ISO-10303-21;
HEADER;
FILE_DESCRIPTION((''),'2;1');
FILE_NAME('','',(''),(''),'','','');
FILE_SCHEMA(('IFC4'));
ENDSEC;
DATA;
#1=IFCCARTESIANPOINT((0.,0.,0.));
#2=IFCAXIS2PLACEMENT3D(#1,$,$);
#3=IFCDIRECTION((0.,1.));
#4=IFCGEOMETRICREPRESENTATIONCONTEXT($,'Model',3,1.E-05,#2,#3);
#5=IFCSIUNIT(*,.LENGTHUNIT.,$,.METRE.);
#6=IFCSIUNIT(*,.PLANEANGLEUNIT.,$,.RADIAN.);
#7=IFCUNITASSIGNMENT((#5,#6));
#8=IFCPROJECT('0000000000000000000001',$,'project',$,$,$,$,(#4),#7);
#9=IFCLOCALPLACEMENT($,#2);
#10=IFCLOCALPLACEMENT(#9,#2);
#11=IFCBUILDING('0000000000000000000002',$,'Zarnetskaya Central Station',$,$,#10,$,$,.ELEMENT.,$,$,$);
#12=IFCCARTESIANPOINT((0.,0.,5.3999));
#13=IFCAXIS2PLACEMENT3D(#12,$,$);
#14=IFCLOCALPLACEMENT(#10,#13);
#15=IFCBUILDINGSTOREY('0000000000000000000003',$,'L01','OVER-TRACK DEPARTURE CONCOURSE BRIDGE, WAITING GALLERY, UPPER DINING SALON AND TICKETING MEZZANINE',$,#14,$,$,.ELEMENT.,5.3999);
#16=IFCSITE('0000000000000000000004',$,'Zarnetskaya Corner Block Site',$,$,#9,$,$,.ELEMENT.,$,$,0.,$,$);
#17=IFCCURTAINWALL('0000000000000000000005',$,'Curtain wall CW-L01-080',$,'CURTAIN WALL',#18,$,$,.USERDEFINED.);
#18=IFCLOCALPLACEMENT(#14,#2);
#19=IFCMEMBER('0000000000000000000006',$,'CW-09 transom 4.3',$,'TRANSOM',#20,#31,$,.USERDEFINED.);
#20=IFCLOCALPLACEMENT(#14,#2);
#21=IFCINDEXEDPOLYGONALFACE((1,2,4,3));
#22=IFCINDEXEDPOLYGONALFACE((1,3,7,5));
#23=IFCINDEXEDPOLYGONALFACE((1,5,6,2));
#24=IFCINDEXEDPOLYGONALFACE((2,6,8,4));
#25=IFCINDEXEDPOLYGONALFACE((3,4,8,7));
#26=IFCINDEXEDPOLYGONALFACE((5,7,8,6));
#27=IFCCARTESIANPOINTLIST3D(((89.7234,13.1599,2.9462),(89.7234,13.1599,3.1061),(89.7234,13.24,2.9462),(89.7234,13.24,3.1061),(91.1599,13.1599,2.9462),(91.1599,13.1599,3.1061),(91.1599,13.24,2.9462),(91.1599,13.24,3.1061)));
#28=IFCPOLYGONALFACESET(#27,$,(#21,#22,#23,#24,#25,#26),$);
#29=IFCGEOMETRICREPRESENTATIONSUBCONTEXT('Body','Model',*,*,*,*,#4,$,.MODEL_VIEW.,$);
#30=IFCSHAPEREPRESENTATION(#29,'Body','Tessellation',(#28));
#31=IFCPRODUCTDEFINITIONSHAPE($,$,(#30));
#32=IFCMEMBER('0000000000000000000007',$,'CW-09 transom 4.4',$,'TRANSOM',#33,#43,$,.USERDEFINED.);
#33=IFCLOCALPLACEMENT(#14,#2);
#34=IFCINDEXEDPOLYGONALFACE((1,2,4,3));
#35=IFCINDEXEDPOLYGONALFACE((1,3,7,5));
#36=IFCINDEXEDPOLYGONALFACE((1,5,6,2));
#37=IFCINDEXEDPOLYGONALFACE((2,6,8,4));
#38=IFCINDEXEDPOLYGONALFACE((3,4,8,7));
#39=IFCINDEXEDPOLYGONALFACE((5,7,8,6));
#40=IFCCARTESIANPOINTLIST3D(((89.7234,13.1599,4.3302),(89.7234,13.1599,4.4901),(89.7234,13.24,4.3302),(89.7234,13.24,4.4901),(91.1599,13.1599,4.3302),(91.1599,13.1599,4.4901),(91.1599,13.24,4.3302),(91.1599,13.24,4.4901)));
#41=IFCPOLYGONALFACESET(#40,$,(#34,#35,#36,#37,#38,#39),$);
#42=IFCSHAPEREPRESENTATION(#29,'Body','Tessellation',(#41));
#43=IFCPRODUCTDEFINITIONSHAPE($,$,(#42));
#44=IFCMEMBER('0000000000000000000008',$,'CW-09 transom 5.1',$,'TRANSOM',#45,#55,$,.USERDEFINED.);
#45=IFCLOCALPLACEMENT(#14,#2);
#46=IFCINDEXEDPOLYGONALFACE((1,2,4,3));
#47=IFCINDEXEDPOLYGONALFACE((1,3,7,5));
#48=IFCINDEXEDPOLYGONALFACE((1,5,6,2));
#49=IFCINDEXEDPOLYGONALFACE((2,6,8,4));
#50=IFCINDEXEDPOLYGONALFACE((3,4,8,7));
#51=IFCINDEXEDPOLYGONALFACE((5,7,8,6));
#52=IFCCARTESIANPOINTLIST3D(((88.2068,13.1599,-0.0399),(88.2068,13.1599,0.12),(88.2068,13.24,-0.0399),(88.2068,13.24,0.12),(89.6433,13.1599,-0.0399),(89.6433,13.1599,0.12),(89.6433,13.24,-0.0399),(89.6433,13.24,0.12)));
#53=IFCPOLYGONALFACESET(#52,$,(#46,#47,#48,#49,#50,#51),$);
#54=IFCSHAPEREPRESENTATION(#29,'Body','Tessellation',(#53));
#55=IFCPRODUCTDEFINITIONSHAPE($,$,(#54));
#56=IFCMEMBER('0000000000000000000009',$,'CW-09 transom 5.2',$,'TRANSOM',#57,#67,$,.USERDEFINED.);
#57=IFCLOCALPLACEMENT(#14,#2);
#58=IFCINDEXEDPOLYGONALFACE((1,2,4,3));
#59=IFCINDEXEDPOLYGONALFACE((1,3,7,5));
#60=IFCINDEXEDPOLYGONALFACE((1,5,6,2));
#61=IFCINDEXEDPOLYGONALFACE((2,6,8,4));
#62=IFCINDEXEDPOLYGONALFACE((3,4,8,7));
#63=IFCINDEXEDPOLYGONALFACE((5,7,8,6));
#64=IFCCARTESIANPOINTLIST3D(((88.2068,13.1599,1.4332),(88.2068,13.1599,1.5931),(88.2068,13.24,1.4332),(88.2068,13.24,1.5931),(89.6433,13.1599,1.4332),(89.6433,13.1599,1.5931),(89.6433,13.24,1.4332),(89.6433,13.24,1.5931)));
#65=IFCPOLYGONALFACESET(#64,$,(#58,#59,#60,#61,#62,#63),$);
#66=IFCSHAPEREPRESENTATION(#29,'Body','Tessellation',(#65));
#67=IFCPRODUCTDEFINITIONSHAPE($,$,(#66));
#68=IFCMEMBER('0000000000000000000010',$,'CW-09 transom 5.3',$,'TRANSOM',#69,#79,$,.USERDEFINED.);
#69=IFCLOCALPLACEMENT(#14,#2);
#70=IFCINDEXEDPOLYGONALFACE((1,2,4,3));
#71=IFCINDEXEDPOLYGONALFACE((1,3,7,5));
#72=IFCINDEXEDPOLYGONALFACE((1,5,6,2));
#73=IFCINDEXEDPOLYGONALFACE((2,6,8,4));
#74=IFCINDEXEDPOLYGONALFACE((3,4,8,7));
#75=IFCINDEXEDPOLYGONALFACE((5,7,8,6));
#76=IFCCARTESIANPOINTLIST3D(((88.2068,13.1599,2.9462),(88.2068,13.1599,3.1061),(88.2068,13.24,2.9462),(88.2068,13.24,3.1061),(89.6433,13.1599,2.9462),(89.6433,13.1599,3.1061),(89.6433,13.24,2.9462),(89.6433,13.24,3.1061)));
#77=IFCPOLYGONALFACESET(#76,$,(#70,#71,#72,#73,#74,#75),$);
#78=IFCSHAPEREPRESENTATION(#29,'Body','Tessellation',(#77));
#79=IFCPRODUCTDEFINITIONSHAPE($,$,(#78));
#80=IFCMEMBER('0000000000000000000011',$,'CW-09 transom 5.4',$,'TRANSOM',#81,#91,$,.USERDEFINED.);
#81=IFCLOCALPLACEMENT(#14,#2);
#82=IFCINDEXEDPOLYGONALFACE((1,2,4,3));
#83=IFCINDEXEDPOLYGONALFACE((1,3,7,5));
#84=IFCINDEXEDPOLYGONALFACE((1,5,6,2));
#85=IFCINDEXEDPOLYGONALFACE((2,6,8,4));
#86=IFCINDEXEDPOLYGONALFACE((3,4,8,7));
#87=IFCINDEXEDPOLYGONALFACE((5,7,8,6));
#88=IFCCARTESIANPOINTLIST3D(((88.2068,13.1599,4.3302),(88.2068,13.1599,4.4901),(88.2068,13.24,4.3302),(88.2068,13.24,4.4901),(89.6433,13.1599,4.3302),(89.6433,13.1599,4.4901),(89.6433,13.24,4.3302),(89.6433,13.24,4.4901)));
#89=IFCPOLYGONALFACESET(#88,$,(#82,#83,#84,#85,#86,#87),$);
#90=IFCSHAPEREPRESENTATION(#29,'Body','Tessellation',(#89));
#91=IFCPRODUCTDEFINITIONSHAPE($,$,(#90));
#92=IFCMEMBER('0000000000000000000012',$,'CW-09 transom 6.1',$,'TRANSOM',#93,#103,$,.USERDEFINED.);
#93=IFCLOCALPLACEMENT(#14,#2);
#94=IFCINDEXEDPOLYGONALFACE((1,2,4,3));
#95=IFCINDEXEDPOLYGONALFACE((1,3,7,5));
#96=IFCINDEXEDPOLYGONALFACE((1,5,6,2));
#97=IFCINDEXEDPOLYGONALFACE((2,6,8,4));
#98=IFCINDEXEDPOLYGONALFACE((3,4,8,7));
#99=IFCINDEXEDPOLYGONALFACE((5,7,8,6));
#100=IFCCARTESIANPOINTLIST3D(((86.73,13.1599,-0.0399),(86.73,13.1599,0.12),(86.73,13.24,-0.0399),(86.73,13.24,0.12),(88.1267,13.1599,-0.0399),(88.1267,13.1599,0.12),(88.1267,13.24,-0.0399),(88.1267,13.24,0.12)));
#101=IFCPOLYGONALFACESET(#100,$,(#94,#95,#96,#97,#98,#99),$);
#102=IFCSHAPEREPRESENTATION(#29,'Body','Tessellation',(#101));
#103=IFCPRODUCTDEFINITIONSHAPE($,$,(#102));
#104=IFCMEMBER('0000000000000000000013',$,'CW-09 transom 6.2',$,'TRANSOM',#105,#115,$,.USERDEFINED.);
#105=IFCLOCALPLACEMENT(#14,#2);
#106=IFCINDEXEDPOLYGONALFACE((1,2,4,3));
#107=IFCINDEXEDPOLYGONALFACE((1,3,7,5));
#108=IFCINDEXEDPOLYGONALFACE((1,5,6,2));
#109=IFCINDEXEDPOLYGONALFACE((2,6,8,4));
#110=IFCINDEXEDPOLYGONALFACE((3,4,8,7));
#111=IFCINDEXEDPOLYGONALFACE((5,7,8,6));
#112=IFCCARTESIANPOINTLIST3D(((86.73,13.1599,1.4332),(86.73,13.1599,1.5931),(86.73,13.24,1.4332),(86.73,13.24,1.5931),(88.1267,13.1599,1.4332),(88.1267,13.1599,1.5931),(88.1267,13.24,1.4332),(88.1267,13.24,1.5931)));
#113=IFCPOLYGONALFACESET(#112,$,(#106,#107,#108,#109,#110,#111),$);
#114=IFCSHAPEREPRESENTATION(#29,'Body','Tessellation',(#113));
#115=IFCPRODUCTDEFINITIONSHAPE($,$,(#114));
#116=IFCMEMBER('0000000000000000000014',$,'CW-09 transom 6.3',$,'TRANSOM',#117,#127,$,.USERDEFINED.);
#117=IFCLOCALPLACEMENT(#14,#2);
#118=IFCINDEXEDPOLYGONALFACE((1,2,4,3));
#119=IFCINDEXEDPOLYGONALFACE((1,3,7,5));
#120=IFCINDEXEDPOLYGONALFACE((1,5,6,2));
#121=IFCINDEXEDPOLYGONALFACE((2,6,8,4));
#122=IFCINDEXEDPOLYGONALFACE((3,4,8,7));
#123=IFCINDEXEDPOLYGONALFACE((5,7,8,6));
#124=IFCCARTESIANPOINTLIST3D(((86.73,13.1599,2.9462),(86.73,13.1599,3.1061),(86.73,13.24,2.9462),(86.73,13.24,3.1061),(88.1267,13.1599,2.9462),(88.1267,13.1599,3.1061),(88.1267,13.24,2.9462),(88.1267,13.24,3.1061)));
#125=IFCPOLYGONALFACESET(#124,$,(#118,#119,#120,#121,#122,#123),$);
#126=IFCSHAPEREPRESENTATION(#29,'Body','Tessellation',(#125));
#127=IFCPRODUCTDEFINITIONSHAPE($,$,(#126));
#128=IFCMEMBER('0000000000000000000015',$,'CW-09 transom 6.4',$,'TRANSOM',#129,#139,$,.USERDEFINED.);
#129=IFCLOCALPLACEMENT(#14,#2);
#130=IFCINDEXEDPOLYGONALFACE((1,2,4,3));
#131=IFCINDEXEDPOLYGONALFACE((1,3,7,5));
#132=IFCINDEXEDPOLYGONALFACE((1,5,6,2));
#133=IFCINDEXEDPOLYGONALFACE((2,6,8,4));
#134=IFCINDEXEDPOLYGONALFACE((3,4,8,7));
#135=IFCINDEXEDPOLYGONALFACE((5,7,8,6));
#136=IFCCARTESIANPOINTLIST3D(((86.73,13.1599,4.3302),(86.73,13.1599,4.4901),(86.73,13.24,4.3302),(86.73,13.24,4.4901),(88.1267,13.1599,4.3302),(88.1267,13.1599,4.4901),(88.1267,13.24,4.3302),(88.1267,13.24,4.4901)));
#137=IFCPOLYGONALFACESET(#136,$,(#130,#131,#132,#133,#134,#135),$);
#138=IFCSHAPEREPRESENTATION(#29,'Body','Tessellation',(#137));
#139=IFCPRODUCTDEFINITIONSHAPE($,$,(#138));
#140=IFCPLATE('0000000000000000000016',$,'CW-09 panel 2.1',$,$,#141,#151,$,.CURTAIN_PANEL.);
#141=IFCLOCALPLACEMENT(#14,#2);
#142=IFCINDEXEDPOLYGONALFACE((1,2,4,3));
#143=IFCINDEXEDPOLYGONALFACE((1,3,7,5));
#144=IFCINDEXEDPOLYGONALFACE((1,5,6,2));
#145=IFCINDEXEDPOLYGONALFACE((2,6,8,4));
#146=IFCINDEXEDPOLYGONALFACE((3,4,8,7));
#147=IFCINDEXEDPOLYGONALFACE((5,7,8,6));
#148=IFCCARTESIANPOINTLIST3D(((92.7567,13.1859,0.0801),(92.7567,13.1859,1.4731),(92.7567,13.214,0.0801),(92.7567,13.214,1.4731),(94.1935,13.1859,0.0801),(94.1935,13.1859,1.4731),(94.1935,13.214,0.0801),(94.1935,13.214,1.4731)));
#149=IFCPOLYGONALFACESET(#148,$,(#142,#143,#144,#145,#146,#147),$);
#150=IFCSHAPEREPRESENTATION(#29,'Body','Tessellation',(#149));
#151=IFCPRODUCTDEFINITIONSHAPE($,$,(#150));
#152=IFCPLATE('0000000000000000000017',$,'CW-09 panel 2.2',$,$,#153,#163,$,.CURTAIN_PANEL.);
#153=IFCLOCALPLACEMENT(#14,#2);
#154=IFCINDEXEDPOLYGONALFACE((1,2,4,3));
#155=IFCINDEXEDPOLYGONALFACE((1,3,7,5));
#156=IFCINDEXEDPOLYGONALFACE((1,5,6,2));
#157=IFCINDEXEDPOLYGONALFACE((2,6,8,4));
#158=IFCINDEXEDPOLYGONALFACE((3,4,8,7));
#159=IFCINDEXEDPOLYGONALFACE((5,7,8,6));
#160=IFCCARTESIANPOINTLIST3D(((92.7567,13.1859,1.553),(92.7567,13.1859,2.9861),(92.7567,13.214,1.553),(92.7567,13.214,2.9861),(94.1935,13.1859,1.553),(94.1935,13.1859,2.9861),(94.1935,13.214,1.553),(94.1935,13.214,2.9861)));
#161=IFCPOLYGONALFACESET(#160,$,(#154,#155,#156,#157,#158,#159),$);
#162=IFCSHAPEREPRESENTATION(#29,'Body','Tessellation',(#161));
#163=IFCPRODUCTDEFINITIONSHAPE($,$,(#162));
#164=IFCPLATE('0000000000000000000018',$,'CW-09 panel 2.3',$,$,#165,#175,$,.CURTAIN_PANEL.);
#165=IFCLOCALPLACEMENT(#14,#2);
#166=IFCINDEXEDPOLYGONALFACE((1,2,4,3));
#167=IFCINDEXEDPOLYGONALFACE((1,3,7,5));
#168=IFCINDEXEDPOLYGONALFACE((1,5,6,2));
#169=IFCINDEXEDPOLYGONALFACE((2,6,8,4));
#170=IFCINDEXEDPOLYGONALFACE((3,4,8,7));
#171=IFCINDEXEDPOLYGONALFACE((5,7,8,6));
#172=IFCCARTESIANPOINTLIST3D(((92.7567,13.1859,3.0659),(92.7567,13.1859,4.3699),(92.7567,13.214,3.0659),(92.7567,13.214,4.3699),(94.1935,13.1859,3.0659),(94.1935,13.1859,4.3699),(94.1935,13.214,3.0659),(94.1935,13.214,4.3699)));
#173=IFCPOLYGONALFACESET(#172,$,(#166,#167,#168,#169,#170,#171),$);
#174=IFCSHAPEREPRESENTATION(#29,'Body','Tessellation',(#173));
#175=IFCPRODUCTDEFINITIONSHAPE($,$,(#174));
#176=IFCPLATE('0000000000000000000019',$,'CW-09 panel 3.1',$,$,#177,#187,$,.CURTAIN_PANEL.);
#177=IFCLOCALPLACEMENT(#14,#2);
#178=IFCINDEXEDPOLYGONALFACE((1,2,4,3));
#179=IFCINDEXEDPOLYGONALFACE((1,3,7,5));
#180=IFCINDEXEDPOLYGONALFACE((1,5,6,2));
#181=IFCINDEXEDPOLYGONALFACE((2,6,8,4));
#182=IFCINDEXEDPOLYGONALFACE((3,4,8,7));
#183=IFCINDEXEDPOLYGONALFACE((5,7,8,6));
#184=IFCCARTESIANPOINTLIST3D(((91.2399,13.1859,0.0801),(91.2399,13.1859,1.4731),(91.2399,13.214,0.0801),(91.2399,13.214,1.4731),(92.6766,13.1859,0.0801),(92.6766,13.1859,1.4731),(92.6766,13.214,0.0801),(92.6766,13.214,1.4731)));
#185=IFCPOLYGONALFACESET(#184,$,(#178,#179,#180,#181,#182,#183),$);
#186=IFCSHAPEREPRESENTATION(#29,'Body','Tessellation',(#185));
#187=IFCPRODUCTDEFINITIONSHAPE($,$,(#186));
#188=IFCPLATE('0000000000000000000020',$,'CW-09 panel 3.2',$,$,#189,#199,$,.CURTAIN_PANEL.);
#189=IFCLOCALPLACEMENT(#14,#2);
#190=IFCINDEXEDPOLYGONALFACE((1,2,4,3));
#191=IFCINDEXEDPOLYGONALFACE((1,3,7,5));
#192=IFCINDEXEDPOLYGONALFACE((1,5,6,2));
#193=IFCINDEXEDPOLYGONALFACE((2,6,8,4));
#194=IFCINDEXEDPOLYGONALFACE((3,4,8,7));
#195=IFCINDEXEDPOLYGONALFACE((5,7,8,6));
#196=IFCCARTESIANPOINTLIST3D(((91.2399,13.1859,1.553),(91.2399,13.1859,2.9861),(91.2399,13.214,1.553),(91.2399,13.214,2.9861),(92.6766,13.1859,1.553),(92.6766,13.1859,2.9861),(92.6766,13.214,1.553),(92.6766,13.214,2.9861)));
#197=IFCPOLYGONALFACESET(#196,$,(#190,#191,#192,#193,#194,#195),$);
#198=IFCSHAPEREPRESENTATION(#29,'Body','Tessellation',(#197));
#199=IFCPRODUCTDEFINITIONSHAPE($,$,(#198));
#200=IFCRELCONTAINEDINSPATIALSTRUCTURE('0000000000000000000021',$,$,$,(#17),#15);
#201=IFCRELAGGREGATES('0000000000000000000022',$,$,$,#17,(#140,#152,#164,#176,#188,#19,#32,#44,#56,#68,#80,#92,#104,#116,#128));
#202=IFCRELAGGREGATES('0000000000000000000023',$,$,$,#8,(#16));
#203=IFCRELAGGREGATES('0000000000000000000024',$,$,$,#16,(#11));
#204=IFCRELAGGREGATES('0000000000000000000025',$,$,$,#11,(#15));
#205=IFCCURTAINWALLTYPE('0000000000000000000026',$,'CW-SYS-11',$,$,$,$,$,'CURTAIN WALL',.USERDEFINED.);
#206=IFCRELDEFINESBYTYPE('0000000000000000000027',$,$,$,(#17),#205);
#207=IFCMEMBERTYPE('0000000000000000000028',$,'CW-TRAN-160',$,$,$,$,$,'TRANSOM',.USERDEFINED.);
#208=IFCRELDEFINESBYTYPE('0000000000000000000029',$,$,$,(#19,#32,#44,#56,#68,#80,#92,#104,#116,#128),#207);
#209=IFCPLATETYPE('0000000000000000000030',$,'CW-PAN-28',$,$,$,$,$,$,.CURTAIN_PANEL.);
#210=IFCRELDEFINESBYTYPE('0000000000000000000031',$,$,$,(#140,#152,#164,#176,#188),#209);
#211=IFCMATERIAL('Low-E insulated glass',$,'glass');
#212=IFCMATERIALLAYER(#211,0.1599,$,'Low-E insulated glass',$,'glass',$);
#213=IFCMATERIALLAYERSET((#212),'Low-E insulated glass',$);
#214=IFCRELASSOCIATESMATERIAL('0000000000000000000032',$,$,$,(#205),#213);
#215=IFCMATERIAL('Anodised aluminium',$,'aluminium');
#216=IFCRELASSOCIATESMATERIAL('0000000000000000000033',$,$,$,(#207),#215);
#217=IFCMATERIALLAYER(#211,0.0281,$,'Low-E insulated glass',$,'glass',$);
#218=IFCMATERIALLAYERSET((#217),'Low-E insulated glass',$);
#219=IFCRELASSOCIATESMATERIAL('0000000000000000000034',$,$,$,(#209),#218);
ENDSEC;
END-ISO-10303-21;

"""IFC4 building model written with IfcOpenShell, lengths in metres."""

from ifc_helpers import new_model, si_unit, direction, frame, origin, origin_2d, place, context, subcontext, project, spatial, rectangle, extrude, material, layer, layer_set, material_profile, profile_set, type_object, element, aggregate, save


model = new_model("IFC4")

# Units and contexts
model_context = context("Model", 3, precision=1e-05, world=origin(), true_north=direction((0.0, 1.0)))
body_context = subcontext(model_context, "Body", "Model", "MODEL_VIEW")
ifc_project = project(units=[si_unit("LENGTHUNIT", "METRE"), si_unit("PLANEANGLEUNIT", "RADIAN")], contexts=[model_context])

# Site, building, storey
site_placement = place(None, origin())
site = spatial("IfcSite", under=ifc_project, at=site_placement, Name="Zarnetskaya Corner Block Site", CompositionType="ELEMENT", RefElevation=0.0)
building_placement = place(site_placement, origin())
building = spatial("IfcBuilding", under=site, at=building_placement, Name="Zarnetskaya Central Station", CompositionType="ELEMENT")
storey_placement = place(building_placement, frame((0.0, 0.0, 5.3999)))
storey = spatial("IfcBuildingStorey", under=building, at=storey_placement, Name="L01", Description="OVER-TRACK DEPARTURE CONCOURSE BRIDGE, WAITING GALLERY, UPPER DINING SALON AND TICKETING MEZZANINE", CompositionType="ELEMENT", Elevation=5.3999)

# Curtain wall, members, plates
ifc_material_1 = material(Name="Low-E insulated glass", Category="glass")
ifc_layer_1 = layer(ifc_material_1, 0.1599, Name="Low-E insulated glass", Category="glass")
ifc_layer_set_1 = layer_set([ifc_layer_1], Name="Low-E insulated glass")
curtain_wall_type = type_object("IfcCurtainWallType", Name="CW-SYS-11", ElementType="CURTAIN WALL", PredefinedType="USERDEFINED", material=ifc_layer_set_1)
curtain_wall_placement = place(storey_placement, origin())
curtain_wall = element("IfcCurtainWall", 1, at=curtain_wall_placement, inside=storey, type_object=curtain_wall_type, Name="Curtain wall CW-L01-080", ObjectType="CURTAIN WALL", PredefinedType="USERDEFINED")
ifc_material_2 = material(Name="Anodised aluminium", Category="aluminium")
ifc_material_profile_1 = material_profile(ifc_material_2, rectangle(XDim=0.0801, YDim=0.1599, at=origin_2d()), Name="ALU TRAN 80x160")
ifc_profile_set_1 = profile_set([ifc_material_profile_1], Name="Anodised aluminium")
member_type_1 = type_object("IfcMemberType", Name="CW-TRAN-160", ElementType="TRANSOM", PredefinedType="USERDEFINED", material=ifc_profile_set_1)
member_1_placement = place(storey_placement, frame((91.1599, 13.2, 3.0261), z_axis=(-1.0, 0.0, 0.0), x_axis=(0.0, -1.0, 0.0)))
member_1 = element("IfcMember", 2, at=member_1_placement, type_object=member_type_1, Name="CW-09 transom 4.3", ObjectType="TRANSOM", PredefinedType="USERDEFINED", context=body_context, shape_type="SweptSolid", body=[
    extrude(rectangle(XDim=0.0801, YDim=0.1599, at=origin_2d()), origin(), (0.0, 0.0, 1.0), 1.4365),
])
member_2_placement = place(storey_placement, frame((91.1599, 13.2, 4.4102), z_axis=(-1.0, 0.0, 0.0), x_axis=(0.0, -1.0, 0.0)))
member_2 = element("IfcMember", 3, at=member_2_placement, type_object=member_type_1, Name="CW-09 transom 4.4", ObjectType="TRANSOM", PredefinedType="USERDEFINED", context=body_context, shape_type="SweptSolid", body=[
    extrude(rectangle(XDim=0.0801, YDim=0.1599, at=origin_2d()), origin(), (0.0, 0.0, 1.0), 1.4365),
])
member_3_placement = place(storey_placement, frame((89.6433, 13.2, 0.04), z_axis=(-1.0, 0.0, 0.0), x_axis=(0.0, -1.0, 0.0)))
member_3 = element("IfcMember", 4, at=member_3_placement, type_object=member_type_1, Name="CW-09 transom 5.1", ObjectType="TRANSOM", PredefinedType="USERDEFINED", context=body_context, shape_type="SweptSolid", body=[
    extrude(rectangle(XDim=0.0801, YDim=0.1599, at=origin_2d()), origin(), (0.0, 0.0, 1.0), 1.4365),
])
member_4_placement = place(storey_placement, frame((89.6433, 13.2, 1.5132), z_axis=(-1.0, 0.0, 0.0), x_axis=(0.0, -1.0, 0.0)))
member_4 = element("IfcMember", 5, at=member_4_placement, type_object=member_type_1, Name="CW-09 transom 5.2", ObjectType="TRANSOM", PredefinedType="USERDEFINED", context=body_context, shape_type="SweptSolid", body=[
    extrude(rectangle(XDim=0.0801, YDim=0.1599, at=origin_2d()), origin(), (0.0, 0.0, 1.0), 1.4365),
])
member_5_placement = place(storey_placement, frame((89.6433, 13.2, 3.0261), z_axis=(-1.0, 0.0, 0.0), x_axis=(0.0, -1.0, 0.0)))
member_5 = element("IfcMember", 6, at=member_5_placement, type_object=member_type_1, Name="CW-09 transom 5.3", ObjectType="TRANSOM", PredefinedType="USERDEFINED", context=body_context, shape_type="SweptSolid", body=[
    extrude(rectangle(XDim=0.0801, YDim=0.1599, at=origin_2d()), origin(), (0.0, 0.0, 1.0), 1.4365),
])
member_6_placement = place(storey_placement, frame((89.6433, 13.2, 4.4102), z_axis=(-1.0, 0.0, 0.0), x_axis=(0.0, -1.0, 0.0)))
member_6 = element("IfcMember", 7, at=member_6_placement, type_object=member_type_1, Name="CW-09 transom 5.4", ObjectType="TRANSOM", PredefinedType="USERDEFINED", context=body_context, shape_type="SweptSolid", body=[
    extrude(rectangle(XDim=0.0801, YDim=0.1599, at=origin_2d()), origin(), (0.0, 0.0, 1.0), 1.4365),
])
member_7_placement = place(storey_placement, frame((88.1267, 13.2, 0.04), z_axis=(-1.0, 0.0, 0.0), x_axis=(0.0, -1.0, 0.0)))
member_7 = element("IfcMember", 8, at=member_7_placement, type_object=member_type_1, Name="CW-09 transom 6.1", ObjectType="TRANSOM", PredefinedType="USERDEFINED", context=body_context, shape_type="SweptSolid", body=[
    extrude(rectangle(XDim=0.0801, YDim=0.1599, at=origin_2d()), origin(), (0.0, 0.0, 1.0), 1.3967),
])
member_8_placement = place(storey_placement, frame((88.1267, 13.2, 1.5132), z_axis=(-1.0, 0.0, 0.0), x_axis=(0.0, -1.0, 0.0)))
member_8 = element("IfcMember", 9, at=member_8_placement, type_object=member_type_1, Name="CW-09 transom 6.2", ObjectType="TRANSOM", PredefinedType="USERDEFINED", context=body_context, shape_type="SweptSolid", body=[
    extrude(rectangle(XDim=0.0801, YDim=0.1599, at=origin_2d()), origin(), (0.0, 0.0, 1.0), 1.3967),
])
member_9_placement = place(storey_placement, frame((88.1267, 13.2, 3.0261), z_axis=(-1.0, 0.0, 0.0), x_axis=(0.0, -1.0, 0.0)))
member_9 = element("IfcMember", 10, at=member_9_placement, type_object=member_type_1, Name="CW-09 transom 6.3", ObjectType="TRANSOM", PredefinedType="USERDEFINED", context=body_context, shape_type="SweptSolid", body=[
    extrude(rectangle(XDim=0.0801, YDim=0.1599, at=origin_2d()), origin(), (0.0, 0.0, 1.0), 1.3967),
])
member_10_placement = place(storey_placement, frame((88.1267, 13.2, 4.4102), z_axis=(-1.0, 0.0, 0.0), x_axis=(0.0, -1.0, 0.0)))
member_10 = element("IfcMember", 11, at=member_10_placement, type_object=member_type_1, Name="CW-09 transom 6.4", ObjectType="TRANSOM", PredefinedType="USERDEFINED", context=body_context, shape_type="SweptSolid", body=[
    extrude(rectangle(XDim=0.0801, YDim=0.1599, at=origin_2d()), origin(), (0.0, 0.0, 1.0), 1.3967),
])
ifc_layer_2 = layer(ifc_material_1, 0.0281, Name="Low-E insulated glass", Category="glass")
ifc_layer_set_2 = layer_set([ifc_layer_2], Name="Low-E insulated glass")
plate_type = type_object("IfcPlateType", Name="CW-PAN-28", PredefinedType="CURTAIN_PANEL", material=ifc_layer_set_2)
plate_1_placement = place(storey_placement, frame((93.4751, 13.2, 0.0801), z_axis=(0.0, 0.0, 1.0), x_axis=(-1.0, 0.0, 0.0)))
plate_1 = element("IfcPlate", 12, at=plate_1_placement, type_object=plate_type, Name="CW-09 panel 2.1", PredefinedType="CURTAIN_PANEL", context=body_context, shape_type="SweptSolid", body=[
    extrude(rectangle(XDim=1.4368, YDim=0.0281, at=origin_2d()), origin(), (0.0, 0.0, 1.0), 1.3931),
])
plate_2_placement = place(storey_placement, frame((93.4751, 13.2, 1.553), z_axis=(0.0, 0.0, 1.0), x_axis=(-1.0, 0.0, 0.0)))
plate_2 = element("IfcPlate", 13, at=plate_2_placement, type_object=plate_type, Name="CW-09 panel 2.2", PredefinedType="CURTAIN_PANEL", context=body_context, shape_type="SweptSolid", body=[
    extrude(rectangle(XDim=1.4368, YDim=0.0281, at=origin_2d()), origin(), (0.0, 0.0, 1.0), 1.4331),
])
plate_3_placement = place(storey_placement, frame((93.4751, 13.2, 3.0659), z_axis=(0.0, 0.0, 1.0), x_axis=(-1.0, 0.0, 0.0)))
plate_3 = element("IfcPlate", 14, at=plate_3_placement, type_object=plate_type, Name="CW-09 panel 2.3", PredefinedType="CURTAIN_PANEL", context=body_context, shape_type="SweptSolid", body=[
    extrude(rectangle(XDim=1.4368, YDim=0.0281, at=origin_2d()), origin(), (0.0, 0.0, 1.0), 1.304),
])
plate_4_placement = place(storey_placement, frame((91.9583, 13.2, 0.0801), z_axis=(0.0, 0.0, 1.0), x_axis=(-1.0, 0.0, 0.0)))
plate_4 = element("IfcPlate", 15, at=plate_4_placement, type_object=plate_type, Name="CW-09 panel 3.1", PredefinedType="CURTAIN_PANEL", context=body_context, shape_type="SweptSolid", body=[
    extrude(rectangle(XDim=1.4368, YDim=0.0281, at=origin_2d()), origin(), (0.0, 0.0, 1.0), 1.3931),
])
plate_5_placement = place(storey_placement, frame((91.9583, 13.2, 1.553), z_axis=(0.0, 0.0, 1.0), x_axis=(-1.0, 0.0, 0.0)))
plate_5 = element("IfcPlate", 16, at=plate_5_placement, type_object=plate_type, Name="CW-09 panel 3.2", PredefinedType="CURTAIN_PANEL", context=body_context, shape_type="SweptSolid", body=[
    extrude(rectangle(XDim=1.4368, YDim=0.0281, at=origin_2d()), origin(), (0.0, 0.0, 1.0), 1.4331),
])
aggregate(curtain_wall, [plate_1, plate_2, plate_3, plate_4, plate_5, member_1, member_2, member_3, member_4, member_5, member_6, member_7, member_8, member_9, member_10])

save(model, "model.ifc")
